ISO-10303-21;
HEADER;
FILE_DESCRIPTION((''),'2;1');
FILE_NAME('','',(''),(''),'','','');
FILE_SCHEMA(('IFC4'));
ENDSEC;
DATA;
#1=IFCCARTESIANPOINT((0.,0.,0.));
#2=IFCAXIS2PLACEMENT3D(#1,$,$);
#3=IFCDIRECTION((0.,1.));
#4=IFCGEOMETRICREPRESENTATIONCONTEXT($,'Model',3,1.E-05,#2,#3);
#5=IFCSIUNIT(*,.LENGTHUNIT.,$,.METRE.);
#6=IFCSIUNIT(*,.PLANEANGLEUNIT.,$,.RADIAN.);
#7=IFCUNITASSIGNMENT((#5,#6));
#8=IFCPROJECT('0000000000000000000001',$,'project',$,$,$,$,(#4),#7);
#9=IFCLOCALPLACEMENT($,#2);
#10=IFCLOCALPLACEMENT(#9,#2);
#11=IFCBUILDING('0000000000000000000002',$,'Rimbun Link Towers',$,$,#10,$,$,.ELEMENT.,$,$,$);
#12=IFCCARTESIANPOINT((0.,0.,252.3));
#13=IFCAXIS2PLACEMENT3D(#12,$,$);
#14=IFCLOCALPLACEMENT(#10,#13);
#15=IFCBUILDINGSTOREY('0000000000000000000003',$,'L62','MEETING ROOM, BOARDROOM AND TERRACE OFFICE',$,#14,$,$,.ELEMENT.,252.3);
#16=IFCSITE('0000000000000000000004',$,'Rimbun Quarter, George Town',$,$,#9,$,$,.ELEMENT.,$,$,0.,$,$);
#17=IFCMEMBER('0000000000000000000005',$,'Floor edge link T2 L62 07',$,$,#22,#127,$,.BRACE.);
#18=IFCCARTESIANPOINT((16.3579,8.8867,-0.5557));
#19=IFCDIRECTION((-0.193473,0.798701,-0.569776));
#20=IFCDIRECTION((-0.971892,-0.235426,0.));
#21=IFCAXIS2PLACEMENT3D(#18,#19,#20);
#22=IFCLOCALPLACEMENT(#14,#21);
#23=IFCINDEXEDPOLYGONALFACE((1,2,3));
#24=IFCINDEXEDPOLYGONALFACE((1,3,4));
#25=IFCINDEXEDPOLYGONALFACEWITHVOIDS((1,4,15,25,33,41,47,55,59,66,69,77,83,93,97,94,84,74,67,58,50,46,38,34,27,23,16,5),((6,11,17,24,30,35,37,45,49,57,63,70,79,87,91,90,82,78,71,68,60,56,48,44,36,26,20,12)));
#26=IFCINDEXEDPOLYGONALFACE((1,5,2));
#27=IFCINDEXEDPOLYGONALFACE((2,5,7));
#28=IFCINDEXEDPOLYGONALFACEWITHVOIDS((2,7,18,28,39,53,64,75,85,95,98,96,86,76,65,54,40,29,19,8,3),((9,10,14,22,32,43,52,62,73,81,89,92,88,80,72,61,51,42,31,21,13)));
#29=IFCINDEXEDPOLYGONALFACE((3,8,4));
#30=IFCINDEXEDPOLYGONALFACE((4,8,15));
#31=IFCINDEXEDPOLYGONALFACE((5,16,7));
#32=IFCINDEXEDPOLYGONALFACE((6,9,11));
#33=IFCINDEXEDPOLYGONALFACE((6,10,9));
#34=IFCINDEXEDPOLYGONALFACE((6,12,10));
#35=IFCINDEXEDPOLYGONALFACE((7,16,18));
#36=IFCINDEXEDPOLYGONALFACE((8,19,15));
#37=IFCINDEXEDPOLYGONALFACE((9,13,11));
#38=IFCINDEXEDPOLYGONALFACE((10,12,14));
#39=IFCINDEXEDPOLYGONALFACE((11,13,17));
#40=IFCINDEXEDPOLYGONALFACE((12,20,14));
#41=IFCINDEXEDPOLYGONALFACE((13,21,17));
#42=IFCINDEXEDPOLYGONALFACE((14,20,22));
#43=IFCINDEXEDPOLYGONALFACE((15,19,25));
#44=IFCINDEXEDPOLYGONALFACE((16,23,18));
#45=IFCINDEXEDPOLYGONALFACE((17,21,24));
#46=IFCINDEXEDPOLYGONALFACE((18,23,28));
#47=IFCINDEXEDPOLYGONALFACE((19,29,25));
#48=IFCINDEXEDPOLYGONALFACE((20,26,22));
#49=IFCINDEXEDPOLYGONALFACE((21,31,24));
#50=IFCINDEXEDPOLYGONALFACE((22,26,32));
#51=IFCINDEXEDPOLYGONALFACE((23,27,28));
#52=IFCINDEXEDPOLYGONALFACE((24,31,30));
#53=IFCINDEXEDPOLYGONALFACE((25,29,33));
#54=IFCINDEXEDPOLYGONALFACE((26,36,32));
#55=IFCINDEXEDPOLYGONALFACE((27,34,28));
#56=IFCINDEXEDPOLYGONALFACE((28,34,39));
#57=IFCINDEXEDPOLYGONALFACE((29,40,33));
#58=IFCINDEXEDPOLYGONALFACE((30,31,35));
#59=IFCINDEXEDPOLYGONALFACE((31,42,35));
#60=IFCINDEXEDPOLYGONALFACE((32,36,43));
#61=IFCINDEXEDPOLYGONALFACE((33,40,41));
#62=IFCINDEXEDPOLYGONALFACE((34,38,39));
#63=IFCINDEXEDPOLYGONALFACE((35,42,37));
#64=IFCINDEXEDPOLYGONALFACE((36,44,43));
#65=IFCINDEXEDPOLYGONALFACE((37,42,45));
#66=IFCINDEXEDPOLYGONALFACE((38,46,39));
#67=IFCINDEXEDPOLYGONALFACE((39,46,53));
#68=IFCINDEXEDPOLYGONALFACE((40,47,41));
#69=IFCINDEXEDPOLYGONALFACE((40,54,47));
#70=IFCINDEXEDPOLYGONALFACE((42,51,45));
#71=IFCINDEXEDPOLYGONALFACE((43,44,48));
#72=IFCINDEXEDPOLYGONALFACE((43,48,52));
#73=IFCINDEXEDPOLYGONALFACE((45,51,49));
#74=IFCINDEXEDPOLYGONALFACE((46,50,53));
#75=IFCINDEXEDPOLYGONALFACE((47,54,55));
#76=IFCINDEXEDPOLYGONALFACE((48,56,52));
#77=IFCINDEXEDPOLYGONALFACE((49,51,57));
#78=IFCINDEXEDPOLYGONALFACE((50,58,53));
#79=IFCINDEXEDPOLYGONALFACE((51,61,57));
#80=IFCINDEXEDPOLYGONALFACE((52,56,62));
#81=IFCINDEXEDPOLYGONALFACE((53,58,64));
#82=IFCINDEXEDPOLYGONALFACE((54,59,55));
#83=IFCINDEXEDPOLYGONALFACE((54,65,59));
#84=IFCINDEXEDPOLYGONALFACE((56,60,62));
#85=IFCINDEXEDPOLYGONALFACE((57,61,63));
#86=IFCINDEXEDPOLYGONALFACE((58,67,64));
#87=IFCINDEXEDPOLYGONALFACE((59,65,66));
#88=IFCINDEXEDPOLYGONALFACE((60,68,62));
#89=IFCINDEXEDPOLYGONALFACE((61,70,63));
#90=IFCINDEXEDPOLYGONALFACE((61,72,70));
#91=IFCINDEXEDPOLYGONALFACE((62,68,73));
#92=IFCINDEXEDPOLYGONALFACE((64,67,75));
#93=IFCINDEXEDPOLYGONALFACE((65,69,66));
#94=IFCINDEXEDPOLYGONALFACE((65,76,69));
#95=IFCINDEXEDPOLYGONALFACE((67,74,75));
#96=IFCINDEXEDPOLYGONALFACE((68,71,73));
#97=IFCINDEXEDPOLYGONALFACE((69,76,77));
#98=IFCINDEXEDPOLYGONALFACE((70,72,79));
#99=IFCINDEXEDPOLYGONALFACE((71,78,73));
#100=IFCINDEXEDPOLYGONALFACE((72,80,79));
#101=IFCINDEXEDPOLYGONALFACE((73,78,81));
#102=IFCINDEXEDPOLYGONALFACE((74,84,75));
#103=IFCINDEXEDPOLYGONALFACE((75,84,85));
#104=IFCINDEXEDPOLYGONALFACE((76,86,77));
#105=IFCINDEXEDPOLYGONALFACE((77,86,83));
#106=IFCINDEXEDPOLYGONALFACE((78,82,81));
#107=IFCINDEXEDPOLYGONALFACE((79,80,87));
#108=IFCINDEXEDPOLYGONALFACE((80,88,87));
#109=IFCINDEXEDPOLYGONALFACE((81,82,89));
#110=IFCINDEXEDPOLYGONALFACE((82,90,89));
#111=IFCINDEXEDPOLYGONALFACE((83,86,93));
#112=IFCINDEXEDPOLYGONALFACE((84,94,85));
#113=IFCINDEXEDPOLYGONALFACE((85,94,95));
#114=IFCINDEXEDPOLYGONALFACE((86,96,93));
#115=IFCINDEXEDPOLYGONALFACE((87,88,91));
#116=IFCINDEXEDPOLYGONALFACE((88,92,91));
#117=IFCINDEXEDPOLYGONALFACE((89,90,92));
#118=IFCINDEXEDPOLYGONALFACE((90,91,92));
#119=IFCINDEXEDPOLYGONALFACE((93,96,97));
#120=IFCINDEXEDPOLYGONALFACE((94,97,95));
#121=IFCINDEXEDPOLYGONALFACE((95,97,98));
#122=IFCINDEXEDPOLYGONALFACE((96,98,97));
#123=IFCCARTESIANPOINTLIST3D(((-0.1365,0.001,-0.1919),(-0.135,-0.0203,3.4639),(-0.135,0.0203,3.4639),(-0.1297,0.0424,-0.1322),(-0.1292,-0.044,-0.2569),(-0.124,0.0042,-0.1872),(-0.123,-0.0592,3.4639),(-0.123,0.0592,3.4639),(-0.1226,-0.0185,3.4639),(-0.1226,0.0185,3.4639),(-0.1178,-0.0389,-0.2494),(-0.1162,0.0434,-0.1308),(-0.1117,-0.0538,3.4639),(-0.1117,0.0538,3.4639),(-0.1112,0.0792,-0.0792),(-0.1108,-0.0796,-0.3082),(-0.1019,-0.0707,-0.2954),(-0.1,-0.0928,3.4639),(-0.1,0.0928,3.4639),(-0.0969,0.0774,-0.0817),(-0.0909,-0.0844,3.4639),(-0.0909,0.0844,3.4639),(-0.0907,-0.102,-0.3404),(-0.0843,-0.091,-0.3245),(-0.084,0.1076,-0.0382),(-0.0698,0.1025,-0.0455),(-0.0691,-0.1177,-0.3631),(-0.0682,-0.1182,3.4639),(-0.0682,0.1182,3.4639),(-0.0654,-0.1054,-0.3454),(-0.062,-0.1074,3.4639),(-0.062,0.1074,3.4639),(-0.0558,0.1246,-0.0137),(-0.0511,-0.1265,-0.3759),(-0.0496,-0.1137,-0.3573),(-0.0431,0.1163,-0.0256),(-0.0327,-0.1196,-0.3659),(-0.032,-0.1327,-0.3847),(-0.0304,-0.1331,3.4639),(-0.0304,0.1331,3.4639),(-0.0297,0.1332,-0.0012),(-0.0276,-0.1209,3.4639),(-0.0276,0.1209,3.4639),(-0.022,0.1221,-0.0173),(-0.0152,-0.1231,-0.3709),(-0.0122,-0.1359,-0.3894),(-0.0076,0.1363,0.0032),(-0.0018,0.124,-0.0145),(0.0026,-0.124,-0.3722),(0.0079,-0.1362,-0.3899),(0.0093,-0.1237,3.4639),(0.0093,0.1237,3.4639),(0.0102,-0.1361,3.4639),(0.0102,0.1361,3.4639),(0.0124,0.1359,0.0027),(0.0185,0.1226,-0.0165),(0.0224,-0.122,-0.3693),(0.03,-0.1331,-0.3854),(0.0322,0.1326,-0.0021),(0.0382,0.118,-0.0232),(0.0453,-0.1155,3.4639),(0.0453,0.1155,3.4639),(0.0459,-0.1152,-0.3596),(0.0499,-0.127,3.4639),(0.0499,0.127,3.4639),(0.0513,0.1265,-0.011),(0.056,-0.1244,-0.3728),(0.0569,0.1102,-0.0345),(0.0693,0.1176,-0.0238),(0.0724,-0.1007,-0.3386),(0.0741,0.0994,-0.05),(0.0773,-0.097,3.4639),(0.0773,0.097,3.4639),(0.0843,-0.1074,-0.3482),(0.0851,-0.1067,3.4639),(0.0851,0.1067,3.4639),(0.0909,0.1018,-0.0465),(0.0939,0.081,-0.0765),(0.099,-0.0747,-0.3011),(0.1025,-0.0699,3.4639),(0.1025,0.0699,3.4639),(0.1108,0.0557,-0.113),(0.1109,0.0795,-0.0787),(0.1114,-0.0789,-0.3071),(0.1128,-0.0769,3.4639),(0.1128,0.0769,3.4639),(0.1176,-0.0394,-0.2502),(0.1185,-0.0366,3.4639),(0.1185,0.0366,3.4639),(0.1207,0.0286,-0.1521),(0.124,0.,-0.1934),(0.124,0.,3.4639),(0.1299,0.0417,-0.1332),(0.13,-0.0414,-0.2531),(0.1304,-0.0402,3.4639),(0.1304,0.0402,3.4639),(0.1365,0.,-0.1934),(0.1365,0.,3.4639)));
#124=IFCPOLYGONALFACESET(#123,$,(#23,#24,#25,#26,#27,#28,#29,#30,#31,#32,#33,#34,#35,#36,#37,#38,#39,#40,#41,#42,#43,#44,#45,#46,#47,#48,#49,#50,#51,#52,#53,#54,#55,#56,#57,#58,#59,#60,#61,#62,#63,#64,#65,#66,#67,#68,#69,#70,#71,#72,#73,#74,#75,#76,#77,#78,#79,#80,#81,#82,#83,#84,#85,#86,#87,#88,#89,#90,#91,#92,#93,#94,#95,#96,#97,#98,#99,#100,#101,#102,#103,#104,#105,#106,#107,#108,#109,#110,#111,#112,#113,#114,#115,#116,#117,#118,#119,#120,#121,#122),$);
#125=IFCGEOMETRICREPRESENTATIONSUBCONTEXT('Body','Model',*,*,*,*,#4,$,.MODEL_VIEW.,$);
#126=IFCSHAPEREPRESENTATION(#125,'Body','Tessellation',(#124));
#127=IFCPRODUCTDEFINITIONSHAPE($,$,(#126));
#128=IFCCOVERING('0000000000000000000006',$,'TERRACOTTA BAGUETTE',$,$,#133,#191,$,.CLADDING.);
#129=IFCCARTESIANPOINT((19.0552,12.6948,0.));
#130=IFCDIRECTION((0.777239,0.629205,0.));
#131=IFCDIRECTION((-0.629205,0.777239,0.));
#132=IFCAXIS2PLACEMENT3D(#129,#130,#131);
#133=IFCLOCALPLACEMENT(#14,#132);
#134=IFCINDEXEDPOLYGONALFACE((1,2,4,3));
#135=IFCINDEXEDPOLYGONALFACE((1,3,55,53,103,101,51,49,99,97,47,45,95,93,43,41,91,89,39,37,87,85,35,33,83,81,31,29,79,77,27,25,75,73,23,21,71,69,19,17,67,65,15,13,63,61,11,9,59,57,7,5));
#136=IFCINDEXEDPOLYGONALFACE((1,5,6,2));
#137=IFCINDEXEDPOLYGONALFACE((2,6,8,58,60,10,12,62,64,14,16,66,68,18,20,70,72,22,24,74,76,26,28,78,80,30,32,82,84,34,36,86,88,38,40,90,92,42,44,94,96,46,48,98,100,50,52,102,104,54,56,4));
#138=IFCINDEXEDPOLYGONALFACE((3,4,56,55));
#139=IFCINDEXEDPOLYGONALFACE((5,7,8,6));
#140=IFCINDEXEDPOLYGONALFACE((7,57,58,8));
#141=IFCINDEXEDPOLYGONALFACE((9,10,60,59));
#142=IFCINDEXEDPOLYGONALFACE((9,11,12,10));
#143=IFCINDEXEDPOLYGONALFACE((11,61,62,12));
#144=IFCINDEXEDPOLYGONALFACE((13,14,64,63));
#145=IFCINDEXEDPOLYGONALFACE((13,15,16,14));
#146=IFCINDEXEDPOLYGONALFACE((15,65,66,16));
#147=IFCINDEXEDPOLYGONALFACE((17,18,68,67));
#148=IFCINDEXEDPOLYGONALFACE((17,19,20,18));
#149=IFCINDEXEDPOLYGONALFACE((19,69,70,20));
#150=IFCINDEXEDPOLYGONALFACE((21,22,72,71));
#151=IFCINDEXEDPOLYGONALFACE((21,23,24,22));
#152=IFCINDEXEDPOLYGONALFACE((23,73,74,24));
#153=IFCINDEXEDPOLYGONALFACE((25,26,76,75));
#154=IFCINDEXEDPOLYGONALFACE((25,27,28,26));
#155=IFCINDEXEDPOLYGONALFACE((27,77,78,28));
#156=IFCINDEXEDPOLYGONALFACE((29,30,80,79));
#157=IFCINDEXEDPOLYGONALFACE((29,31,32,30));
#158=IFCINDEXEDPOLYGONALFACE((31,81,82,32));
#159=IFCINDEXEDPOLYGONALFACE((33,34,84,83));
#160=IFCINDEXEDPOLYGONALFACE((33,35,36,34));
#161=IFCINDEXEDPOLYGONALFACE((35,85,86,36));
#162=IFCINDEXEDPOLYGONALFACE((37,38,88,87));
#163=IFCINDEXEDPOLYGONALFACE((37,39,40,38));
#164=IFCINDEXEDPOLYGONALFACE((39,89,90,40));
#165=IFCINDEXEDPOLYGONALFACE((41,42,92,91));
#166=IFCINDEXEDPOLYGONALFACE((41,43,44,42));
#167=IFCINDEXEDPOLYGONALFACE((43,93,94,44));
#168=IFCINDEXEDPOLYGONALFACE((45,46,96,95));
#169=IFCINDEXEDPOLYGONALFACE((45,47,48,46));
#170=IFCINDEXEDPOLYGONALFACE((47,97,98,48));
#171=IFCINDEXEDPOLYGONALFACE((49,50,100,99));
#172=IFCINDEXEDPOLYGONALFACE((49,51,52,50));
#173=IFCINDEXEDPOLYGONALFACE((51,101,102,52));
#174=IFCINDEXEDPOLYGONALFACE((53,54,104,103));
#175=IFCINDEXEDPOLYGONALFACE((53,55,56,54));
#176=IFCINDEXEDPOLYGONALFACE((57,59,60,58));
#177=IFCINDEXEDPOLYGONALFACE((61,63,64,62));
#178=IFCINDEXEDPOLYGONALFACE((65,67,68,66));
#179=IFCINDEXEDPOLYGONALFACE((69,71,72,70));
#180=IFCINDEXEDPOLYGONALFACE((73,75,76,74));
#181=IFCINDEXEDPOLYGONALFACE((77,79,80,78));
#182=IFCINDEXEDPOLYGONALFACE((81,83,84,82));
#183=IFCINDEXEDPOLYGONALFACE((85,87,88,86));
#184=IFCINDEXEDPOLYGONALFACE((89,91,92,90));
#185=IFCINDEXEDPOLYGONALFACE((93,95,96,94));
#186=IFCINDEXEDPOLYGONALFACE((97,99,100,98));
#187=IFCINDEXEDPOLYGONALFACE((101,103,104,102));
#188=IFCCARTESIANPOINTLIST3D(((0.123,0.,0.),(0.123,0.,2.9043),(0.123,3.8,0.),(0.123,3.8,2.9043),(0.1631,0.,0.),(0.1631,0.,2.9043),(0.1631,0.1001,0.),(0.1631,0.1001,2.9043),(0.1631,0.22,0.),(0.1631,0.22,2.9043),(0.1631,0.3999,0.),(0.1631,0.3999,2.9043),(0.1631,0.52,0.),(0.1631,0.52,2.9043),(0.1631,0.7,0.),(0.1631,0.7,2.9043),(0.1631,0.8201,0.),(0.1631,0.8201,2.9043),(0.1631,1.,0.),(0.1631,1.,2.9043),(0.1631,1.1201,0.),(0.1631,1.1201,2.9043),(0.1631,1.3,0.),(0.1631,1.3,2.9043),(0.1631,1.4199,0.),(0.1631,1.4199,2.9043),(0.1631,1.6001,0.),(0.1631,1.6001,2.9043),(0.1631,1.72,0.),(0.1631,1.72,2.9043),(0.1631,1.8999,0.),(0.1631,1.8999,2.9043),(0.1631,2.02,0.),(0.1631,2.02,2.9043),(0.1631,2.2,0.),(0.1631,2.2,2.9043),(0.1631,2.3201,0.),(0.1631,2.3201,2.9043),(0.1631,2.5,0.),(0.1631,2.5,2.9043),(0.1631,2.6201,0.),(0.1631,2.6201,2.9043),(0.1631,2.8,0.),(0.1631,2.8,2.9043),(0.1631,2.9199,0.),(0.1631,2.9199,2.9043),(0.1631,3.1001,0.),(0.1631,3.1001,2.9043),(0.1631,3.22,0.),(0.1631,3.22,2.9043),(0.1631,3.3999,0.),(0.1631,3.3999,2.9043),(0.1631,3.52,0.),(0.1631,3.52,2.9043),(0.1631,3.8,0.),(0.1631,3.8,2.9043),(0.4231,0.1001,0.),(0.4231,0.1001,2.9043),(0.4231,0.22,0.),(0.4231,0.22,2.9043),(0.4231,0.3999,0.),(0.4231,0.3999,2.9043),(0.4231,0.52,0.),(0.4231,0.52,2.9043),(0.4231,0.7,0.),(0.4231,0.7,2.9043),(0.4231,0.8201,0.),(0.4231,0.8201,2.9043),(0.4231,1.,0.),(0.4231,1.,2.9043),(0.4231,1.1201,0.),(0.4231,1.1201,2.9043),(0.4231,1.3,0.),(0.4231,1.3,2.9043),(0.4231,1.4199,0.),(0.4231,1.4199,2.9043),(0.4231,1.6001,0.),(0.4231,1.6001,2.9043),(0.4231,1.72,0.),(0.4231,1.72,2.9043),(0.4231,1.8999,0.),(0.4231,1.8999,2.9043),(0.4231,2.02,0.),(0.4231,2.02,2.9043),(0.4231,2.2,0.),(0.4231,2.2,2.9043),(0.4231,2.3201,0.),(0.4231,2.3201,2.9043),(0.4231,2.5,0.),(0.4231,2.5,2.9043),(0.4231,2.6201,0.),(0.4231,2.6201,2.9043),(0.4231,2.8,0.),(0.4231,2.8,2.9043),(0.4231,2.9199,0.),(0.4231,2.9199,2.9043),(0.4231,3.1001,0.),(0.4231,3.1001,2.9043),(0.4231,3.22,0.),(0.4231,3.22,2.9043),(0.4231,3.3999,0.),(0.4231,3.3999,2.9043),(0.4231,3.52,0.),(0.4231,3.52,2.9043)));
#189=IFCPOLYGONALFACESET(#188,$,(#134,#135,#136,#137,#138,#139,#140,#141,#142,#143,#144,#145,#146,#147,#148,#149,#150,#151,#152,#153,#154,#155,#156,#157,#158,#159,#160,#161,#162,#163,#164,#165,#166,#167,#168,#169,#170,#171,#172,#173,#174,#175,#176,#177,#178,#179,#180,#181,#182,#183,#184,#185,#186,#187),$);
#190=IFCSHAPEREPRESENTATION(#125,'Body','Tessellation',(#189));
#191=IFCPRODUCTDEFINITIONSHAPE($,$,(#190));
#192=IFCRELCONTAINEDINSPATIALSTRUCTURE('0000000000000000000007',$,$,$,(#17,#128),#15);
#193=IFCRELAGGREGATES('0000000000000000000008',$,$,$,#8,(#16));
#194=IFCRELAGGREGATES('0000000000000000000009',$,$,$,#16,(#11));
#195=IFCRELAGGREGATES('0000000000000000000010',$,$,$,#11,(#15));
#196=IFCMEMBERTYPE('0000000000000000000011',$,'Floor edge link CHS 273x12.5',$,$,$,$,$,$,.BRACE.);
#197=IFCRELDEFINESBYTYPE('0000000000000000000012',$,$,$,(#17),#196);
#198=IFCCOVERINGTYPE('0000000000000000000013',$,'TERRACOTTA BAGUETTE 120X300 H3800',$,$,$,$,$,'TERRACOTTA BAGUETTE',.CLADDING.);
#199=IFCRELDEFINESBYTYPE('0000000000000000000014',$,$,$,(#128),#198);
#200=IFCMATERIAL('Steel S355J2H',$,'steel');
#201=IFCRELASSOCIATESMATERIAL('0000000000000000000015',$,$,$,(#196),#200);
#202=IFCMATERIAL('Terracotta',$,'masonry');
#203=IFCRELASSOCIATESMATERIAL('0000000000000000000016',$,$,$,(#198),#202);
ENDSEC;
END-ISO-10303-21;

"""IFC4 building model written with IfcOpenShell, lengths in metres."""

from ifc_helpers import new_model, si_unit, direction, frame, origin, origin_2d, place, context, subcontext, project, spatial, polyline, hollow_circle, outline, extrude, clip, halfspace, material, material_profile, profile_set, type_object, element, save


model = new_model("IFC4")

# Units and contexts
model_context = context("Model", 3, precision=1e-05, world=origin(), true_north=direction((0.0, 1.0)))
body_context = subcontext(model_context, "Body", "Model", "MODEL_VIEW")
ifc_project = project(units=[si_unit("LENGTHUNIT", "METRE"), si_unit("PLANEANGLEUNIT", "RADIAN")], contexts=[model_context])

# Site, building, storey
site_placement = place(None, origin())
site = spatial("IfcSite", under=ifc_project, at=site_placement, Name="Rimbun Quarter, George Town", CompositionType="ELEMENT", RefElevation=0.0)
building_placement = place(site_placement, origin())
building = spatial("IfcBuilding", under=site, at=building_placement, Name="Rimbun Link Towers", CompositionType="ELEMENT")
storey_placement = place(building_placement, frame((0.0, 0.0, 252.3)))
storey = spatial("IfcBuildingStorey", under=building, at=storey_placement, Name="L62", Description="MEETING ROOM, BOARDROOM AND TERRACE OFFICE", CompositionType="ELEMENT", Elevation=252.3)

# Member
ifc_material_1 = material(Name="Steel S355J2H", Category="steel")
ifc_material_profile_1 = material_profile(ifc_material_1, hollow_circle(Radius=0.1365, WallThickness=0.0125, at=origin_2d()), Name="CHS 273x12.5")
ifc_profile_set_1 = profile_set([ifc_material_profile_1], Name="Steel S355J2H")
member_type_1 = type_object("IfcMemberType", Name="Floor edge link CHS 273x12.5", PredefinedType="BRACE", material=ifc_profile_set_1)
member_1_placement = place(storey_placement, frame((16.3579, 8.8867, -0.5557), z_axis=(-0.193473, 0.798701, -0.569776), x_axis=(-0.971892, -0.235426, 0.0)))
element("IfcMember", 1, at=member_1_placement, inside=storey, type_object=member_type_1, Name="Floor edge link T2 L62 07", PredefinedType="BRACE", context=body_context, shape_type="Clipping", body=[
    clip(extrude(hollow_circle(Radius=0.1365, WallThickness=0.0125, at=origin_2d()), frame((0.0, 0.0, -0.4114)), (0.0, 0.0, 1.0), 3.8752), halfspace(frame((0.0, 0.0, -0.1934), z_axis=(0.0, 0.8218, -0.569776)), False)),
])

# Covering
ifc_material_2 = material(Name="Terracotta", Category="masonry")
ifc_material_profile_2 = material_profile(ifc_material_2, outline(polyline([(0.123, 0.0), (0.1631, 0.0), (0.1631, 0.1001), (0.4231, 0.1001), (0.4231, 0.22), (0.1631, 0.22), (0.1631, 0.3999), (0.4231, 0.3999), (0.4231, 0.52), (0.1631, 0.52), (0.1631, 0.7), (0.4231, 0.7), (0.4231, 0.8201), (0.1631, 0.8201), (0.1631, 1.0), (0.4231, 1.0), (0.4231, 1.1201), (0.1631, 1.1201), (0.1631, 1.3), (0.4231, 1.3), (0.4231, 1.4199), (0.1631, 1.4199), (0.1631, 1.6001), (0.4231, 1.6001), (0.4231, 1.72), (0.1631, 1.72), (0.1631, 1.8999), (0.4231, 1.8999), (0.4231, 2.02), (0.1631, 2.02), (0.1631, 2.2), (0.4231, 2.2), (0.4231, 2.3201), (0.1631, 2.3201), (0.1631, 2.5), (0.4231, 2.5), (0.4231, 2.6201), (0.1631, 2.6201), (0.1631, 2.8), (0.4231, 2.8), (0.4231, 2.9199), (0.1631, 2.9199), (0.1631, 3.1001), (0.4231, 3.1001), (0.4231, 3.22), (0.1631, 3.22), (0.1631, 3.3999), (0.4231, 3.3999), (0.4231, 3.52), (0.1631, 3.52), (0.1631, 3.8), (0.123, 3.8), (0.123, 0.0)])), Name="BAGUETTE 120X300")
ifc_profile_set_2 = profile_set([ifc_material_profile_2], Name="Terracotta")
covering_type = type_object("IfcCoveringType", Name="TERRACOTTA BAGUETTE 120X300 H3800", ElementType="TERRACOTTA BAGUETTE", PredefinedType="CLADDING", material=ifc_profile_set_2)
for number, where, z_axis, x_axis, name in (
    (2, (19.0552, 12.6948, 0.0), (0.777239, 0.629205, 0.0), (-0.629205, 0.777239, 0.0), "TERRACOTTA BAGUETTE"),
):
    element("IfcCovering", number, at=place(storey_placement, frame(where, z_axis=z_axis, x_axis=x_axis)), inside=storey, type_object=covering_type, Name=name, PredefinedType="CLADDING", context=body_context, shape_type="SweptSolid", body=[
        extrude(outline(polyline([(0.123, 0.0), (0.1631, 0.0), (0.1631, 0.1001), (0.4231, 0.1001), (0.4231, 0.22), (0.1631, 0.22), (0.1631, 0.3999), (0.4231, 0.3999), (0.4231, 0.52), (0.1631, 0.52), (0.1631, 0.7), (0.4231, 0.7), (0.4231, 0.8201), (0.1631, 0.8201), (0.1631, 1.0), (0.4231, 1.0), (0.4231, 1.1201), (0.1631, 1.1201), (0.1631, 1.3), (0.4231, 1.3), (0.4231, 1.4199), (0.1631, 1.4199), (0.1631, 1.6001), (0.4231, 1.6001), (0.4231, 1.72), (0.1631, 1.72), (0.1631, 1.8999), (0.4231, 1.8999), (0.4231, 2.02), (0.1631, 2.02), (0.1631, 2.2), (0.4231, 2.2), (0.4231, 2.3201), (0.1631, 2.3201), (0.1631, 2.5), (0.4231, 2.5), (0.4231, 2.6201), (0.1631, 2.6201), (0.1631, 2.8), (0.4231, 2.8), (0.4231, 2.9199), (0.1631, 2.9199), (0.1631, 3.1001), (0.4231, 3.1001), (0.4231, 3.22), (0.1631, 3.22), (0.1631, 3.3999), (0.4231, 3.3999), (0.4231, 3.52), (0.1631, 3.52), (0.1631, 3.8), (0.123, 3.8), (0.123, 0.0)])), origin(), (0.0, 0.0, 1.0), 2.9043),
    ])

save(model, "model.ifc")
